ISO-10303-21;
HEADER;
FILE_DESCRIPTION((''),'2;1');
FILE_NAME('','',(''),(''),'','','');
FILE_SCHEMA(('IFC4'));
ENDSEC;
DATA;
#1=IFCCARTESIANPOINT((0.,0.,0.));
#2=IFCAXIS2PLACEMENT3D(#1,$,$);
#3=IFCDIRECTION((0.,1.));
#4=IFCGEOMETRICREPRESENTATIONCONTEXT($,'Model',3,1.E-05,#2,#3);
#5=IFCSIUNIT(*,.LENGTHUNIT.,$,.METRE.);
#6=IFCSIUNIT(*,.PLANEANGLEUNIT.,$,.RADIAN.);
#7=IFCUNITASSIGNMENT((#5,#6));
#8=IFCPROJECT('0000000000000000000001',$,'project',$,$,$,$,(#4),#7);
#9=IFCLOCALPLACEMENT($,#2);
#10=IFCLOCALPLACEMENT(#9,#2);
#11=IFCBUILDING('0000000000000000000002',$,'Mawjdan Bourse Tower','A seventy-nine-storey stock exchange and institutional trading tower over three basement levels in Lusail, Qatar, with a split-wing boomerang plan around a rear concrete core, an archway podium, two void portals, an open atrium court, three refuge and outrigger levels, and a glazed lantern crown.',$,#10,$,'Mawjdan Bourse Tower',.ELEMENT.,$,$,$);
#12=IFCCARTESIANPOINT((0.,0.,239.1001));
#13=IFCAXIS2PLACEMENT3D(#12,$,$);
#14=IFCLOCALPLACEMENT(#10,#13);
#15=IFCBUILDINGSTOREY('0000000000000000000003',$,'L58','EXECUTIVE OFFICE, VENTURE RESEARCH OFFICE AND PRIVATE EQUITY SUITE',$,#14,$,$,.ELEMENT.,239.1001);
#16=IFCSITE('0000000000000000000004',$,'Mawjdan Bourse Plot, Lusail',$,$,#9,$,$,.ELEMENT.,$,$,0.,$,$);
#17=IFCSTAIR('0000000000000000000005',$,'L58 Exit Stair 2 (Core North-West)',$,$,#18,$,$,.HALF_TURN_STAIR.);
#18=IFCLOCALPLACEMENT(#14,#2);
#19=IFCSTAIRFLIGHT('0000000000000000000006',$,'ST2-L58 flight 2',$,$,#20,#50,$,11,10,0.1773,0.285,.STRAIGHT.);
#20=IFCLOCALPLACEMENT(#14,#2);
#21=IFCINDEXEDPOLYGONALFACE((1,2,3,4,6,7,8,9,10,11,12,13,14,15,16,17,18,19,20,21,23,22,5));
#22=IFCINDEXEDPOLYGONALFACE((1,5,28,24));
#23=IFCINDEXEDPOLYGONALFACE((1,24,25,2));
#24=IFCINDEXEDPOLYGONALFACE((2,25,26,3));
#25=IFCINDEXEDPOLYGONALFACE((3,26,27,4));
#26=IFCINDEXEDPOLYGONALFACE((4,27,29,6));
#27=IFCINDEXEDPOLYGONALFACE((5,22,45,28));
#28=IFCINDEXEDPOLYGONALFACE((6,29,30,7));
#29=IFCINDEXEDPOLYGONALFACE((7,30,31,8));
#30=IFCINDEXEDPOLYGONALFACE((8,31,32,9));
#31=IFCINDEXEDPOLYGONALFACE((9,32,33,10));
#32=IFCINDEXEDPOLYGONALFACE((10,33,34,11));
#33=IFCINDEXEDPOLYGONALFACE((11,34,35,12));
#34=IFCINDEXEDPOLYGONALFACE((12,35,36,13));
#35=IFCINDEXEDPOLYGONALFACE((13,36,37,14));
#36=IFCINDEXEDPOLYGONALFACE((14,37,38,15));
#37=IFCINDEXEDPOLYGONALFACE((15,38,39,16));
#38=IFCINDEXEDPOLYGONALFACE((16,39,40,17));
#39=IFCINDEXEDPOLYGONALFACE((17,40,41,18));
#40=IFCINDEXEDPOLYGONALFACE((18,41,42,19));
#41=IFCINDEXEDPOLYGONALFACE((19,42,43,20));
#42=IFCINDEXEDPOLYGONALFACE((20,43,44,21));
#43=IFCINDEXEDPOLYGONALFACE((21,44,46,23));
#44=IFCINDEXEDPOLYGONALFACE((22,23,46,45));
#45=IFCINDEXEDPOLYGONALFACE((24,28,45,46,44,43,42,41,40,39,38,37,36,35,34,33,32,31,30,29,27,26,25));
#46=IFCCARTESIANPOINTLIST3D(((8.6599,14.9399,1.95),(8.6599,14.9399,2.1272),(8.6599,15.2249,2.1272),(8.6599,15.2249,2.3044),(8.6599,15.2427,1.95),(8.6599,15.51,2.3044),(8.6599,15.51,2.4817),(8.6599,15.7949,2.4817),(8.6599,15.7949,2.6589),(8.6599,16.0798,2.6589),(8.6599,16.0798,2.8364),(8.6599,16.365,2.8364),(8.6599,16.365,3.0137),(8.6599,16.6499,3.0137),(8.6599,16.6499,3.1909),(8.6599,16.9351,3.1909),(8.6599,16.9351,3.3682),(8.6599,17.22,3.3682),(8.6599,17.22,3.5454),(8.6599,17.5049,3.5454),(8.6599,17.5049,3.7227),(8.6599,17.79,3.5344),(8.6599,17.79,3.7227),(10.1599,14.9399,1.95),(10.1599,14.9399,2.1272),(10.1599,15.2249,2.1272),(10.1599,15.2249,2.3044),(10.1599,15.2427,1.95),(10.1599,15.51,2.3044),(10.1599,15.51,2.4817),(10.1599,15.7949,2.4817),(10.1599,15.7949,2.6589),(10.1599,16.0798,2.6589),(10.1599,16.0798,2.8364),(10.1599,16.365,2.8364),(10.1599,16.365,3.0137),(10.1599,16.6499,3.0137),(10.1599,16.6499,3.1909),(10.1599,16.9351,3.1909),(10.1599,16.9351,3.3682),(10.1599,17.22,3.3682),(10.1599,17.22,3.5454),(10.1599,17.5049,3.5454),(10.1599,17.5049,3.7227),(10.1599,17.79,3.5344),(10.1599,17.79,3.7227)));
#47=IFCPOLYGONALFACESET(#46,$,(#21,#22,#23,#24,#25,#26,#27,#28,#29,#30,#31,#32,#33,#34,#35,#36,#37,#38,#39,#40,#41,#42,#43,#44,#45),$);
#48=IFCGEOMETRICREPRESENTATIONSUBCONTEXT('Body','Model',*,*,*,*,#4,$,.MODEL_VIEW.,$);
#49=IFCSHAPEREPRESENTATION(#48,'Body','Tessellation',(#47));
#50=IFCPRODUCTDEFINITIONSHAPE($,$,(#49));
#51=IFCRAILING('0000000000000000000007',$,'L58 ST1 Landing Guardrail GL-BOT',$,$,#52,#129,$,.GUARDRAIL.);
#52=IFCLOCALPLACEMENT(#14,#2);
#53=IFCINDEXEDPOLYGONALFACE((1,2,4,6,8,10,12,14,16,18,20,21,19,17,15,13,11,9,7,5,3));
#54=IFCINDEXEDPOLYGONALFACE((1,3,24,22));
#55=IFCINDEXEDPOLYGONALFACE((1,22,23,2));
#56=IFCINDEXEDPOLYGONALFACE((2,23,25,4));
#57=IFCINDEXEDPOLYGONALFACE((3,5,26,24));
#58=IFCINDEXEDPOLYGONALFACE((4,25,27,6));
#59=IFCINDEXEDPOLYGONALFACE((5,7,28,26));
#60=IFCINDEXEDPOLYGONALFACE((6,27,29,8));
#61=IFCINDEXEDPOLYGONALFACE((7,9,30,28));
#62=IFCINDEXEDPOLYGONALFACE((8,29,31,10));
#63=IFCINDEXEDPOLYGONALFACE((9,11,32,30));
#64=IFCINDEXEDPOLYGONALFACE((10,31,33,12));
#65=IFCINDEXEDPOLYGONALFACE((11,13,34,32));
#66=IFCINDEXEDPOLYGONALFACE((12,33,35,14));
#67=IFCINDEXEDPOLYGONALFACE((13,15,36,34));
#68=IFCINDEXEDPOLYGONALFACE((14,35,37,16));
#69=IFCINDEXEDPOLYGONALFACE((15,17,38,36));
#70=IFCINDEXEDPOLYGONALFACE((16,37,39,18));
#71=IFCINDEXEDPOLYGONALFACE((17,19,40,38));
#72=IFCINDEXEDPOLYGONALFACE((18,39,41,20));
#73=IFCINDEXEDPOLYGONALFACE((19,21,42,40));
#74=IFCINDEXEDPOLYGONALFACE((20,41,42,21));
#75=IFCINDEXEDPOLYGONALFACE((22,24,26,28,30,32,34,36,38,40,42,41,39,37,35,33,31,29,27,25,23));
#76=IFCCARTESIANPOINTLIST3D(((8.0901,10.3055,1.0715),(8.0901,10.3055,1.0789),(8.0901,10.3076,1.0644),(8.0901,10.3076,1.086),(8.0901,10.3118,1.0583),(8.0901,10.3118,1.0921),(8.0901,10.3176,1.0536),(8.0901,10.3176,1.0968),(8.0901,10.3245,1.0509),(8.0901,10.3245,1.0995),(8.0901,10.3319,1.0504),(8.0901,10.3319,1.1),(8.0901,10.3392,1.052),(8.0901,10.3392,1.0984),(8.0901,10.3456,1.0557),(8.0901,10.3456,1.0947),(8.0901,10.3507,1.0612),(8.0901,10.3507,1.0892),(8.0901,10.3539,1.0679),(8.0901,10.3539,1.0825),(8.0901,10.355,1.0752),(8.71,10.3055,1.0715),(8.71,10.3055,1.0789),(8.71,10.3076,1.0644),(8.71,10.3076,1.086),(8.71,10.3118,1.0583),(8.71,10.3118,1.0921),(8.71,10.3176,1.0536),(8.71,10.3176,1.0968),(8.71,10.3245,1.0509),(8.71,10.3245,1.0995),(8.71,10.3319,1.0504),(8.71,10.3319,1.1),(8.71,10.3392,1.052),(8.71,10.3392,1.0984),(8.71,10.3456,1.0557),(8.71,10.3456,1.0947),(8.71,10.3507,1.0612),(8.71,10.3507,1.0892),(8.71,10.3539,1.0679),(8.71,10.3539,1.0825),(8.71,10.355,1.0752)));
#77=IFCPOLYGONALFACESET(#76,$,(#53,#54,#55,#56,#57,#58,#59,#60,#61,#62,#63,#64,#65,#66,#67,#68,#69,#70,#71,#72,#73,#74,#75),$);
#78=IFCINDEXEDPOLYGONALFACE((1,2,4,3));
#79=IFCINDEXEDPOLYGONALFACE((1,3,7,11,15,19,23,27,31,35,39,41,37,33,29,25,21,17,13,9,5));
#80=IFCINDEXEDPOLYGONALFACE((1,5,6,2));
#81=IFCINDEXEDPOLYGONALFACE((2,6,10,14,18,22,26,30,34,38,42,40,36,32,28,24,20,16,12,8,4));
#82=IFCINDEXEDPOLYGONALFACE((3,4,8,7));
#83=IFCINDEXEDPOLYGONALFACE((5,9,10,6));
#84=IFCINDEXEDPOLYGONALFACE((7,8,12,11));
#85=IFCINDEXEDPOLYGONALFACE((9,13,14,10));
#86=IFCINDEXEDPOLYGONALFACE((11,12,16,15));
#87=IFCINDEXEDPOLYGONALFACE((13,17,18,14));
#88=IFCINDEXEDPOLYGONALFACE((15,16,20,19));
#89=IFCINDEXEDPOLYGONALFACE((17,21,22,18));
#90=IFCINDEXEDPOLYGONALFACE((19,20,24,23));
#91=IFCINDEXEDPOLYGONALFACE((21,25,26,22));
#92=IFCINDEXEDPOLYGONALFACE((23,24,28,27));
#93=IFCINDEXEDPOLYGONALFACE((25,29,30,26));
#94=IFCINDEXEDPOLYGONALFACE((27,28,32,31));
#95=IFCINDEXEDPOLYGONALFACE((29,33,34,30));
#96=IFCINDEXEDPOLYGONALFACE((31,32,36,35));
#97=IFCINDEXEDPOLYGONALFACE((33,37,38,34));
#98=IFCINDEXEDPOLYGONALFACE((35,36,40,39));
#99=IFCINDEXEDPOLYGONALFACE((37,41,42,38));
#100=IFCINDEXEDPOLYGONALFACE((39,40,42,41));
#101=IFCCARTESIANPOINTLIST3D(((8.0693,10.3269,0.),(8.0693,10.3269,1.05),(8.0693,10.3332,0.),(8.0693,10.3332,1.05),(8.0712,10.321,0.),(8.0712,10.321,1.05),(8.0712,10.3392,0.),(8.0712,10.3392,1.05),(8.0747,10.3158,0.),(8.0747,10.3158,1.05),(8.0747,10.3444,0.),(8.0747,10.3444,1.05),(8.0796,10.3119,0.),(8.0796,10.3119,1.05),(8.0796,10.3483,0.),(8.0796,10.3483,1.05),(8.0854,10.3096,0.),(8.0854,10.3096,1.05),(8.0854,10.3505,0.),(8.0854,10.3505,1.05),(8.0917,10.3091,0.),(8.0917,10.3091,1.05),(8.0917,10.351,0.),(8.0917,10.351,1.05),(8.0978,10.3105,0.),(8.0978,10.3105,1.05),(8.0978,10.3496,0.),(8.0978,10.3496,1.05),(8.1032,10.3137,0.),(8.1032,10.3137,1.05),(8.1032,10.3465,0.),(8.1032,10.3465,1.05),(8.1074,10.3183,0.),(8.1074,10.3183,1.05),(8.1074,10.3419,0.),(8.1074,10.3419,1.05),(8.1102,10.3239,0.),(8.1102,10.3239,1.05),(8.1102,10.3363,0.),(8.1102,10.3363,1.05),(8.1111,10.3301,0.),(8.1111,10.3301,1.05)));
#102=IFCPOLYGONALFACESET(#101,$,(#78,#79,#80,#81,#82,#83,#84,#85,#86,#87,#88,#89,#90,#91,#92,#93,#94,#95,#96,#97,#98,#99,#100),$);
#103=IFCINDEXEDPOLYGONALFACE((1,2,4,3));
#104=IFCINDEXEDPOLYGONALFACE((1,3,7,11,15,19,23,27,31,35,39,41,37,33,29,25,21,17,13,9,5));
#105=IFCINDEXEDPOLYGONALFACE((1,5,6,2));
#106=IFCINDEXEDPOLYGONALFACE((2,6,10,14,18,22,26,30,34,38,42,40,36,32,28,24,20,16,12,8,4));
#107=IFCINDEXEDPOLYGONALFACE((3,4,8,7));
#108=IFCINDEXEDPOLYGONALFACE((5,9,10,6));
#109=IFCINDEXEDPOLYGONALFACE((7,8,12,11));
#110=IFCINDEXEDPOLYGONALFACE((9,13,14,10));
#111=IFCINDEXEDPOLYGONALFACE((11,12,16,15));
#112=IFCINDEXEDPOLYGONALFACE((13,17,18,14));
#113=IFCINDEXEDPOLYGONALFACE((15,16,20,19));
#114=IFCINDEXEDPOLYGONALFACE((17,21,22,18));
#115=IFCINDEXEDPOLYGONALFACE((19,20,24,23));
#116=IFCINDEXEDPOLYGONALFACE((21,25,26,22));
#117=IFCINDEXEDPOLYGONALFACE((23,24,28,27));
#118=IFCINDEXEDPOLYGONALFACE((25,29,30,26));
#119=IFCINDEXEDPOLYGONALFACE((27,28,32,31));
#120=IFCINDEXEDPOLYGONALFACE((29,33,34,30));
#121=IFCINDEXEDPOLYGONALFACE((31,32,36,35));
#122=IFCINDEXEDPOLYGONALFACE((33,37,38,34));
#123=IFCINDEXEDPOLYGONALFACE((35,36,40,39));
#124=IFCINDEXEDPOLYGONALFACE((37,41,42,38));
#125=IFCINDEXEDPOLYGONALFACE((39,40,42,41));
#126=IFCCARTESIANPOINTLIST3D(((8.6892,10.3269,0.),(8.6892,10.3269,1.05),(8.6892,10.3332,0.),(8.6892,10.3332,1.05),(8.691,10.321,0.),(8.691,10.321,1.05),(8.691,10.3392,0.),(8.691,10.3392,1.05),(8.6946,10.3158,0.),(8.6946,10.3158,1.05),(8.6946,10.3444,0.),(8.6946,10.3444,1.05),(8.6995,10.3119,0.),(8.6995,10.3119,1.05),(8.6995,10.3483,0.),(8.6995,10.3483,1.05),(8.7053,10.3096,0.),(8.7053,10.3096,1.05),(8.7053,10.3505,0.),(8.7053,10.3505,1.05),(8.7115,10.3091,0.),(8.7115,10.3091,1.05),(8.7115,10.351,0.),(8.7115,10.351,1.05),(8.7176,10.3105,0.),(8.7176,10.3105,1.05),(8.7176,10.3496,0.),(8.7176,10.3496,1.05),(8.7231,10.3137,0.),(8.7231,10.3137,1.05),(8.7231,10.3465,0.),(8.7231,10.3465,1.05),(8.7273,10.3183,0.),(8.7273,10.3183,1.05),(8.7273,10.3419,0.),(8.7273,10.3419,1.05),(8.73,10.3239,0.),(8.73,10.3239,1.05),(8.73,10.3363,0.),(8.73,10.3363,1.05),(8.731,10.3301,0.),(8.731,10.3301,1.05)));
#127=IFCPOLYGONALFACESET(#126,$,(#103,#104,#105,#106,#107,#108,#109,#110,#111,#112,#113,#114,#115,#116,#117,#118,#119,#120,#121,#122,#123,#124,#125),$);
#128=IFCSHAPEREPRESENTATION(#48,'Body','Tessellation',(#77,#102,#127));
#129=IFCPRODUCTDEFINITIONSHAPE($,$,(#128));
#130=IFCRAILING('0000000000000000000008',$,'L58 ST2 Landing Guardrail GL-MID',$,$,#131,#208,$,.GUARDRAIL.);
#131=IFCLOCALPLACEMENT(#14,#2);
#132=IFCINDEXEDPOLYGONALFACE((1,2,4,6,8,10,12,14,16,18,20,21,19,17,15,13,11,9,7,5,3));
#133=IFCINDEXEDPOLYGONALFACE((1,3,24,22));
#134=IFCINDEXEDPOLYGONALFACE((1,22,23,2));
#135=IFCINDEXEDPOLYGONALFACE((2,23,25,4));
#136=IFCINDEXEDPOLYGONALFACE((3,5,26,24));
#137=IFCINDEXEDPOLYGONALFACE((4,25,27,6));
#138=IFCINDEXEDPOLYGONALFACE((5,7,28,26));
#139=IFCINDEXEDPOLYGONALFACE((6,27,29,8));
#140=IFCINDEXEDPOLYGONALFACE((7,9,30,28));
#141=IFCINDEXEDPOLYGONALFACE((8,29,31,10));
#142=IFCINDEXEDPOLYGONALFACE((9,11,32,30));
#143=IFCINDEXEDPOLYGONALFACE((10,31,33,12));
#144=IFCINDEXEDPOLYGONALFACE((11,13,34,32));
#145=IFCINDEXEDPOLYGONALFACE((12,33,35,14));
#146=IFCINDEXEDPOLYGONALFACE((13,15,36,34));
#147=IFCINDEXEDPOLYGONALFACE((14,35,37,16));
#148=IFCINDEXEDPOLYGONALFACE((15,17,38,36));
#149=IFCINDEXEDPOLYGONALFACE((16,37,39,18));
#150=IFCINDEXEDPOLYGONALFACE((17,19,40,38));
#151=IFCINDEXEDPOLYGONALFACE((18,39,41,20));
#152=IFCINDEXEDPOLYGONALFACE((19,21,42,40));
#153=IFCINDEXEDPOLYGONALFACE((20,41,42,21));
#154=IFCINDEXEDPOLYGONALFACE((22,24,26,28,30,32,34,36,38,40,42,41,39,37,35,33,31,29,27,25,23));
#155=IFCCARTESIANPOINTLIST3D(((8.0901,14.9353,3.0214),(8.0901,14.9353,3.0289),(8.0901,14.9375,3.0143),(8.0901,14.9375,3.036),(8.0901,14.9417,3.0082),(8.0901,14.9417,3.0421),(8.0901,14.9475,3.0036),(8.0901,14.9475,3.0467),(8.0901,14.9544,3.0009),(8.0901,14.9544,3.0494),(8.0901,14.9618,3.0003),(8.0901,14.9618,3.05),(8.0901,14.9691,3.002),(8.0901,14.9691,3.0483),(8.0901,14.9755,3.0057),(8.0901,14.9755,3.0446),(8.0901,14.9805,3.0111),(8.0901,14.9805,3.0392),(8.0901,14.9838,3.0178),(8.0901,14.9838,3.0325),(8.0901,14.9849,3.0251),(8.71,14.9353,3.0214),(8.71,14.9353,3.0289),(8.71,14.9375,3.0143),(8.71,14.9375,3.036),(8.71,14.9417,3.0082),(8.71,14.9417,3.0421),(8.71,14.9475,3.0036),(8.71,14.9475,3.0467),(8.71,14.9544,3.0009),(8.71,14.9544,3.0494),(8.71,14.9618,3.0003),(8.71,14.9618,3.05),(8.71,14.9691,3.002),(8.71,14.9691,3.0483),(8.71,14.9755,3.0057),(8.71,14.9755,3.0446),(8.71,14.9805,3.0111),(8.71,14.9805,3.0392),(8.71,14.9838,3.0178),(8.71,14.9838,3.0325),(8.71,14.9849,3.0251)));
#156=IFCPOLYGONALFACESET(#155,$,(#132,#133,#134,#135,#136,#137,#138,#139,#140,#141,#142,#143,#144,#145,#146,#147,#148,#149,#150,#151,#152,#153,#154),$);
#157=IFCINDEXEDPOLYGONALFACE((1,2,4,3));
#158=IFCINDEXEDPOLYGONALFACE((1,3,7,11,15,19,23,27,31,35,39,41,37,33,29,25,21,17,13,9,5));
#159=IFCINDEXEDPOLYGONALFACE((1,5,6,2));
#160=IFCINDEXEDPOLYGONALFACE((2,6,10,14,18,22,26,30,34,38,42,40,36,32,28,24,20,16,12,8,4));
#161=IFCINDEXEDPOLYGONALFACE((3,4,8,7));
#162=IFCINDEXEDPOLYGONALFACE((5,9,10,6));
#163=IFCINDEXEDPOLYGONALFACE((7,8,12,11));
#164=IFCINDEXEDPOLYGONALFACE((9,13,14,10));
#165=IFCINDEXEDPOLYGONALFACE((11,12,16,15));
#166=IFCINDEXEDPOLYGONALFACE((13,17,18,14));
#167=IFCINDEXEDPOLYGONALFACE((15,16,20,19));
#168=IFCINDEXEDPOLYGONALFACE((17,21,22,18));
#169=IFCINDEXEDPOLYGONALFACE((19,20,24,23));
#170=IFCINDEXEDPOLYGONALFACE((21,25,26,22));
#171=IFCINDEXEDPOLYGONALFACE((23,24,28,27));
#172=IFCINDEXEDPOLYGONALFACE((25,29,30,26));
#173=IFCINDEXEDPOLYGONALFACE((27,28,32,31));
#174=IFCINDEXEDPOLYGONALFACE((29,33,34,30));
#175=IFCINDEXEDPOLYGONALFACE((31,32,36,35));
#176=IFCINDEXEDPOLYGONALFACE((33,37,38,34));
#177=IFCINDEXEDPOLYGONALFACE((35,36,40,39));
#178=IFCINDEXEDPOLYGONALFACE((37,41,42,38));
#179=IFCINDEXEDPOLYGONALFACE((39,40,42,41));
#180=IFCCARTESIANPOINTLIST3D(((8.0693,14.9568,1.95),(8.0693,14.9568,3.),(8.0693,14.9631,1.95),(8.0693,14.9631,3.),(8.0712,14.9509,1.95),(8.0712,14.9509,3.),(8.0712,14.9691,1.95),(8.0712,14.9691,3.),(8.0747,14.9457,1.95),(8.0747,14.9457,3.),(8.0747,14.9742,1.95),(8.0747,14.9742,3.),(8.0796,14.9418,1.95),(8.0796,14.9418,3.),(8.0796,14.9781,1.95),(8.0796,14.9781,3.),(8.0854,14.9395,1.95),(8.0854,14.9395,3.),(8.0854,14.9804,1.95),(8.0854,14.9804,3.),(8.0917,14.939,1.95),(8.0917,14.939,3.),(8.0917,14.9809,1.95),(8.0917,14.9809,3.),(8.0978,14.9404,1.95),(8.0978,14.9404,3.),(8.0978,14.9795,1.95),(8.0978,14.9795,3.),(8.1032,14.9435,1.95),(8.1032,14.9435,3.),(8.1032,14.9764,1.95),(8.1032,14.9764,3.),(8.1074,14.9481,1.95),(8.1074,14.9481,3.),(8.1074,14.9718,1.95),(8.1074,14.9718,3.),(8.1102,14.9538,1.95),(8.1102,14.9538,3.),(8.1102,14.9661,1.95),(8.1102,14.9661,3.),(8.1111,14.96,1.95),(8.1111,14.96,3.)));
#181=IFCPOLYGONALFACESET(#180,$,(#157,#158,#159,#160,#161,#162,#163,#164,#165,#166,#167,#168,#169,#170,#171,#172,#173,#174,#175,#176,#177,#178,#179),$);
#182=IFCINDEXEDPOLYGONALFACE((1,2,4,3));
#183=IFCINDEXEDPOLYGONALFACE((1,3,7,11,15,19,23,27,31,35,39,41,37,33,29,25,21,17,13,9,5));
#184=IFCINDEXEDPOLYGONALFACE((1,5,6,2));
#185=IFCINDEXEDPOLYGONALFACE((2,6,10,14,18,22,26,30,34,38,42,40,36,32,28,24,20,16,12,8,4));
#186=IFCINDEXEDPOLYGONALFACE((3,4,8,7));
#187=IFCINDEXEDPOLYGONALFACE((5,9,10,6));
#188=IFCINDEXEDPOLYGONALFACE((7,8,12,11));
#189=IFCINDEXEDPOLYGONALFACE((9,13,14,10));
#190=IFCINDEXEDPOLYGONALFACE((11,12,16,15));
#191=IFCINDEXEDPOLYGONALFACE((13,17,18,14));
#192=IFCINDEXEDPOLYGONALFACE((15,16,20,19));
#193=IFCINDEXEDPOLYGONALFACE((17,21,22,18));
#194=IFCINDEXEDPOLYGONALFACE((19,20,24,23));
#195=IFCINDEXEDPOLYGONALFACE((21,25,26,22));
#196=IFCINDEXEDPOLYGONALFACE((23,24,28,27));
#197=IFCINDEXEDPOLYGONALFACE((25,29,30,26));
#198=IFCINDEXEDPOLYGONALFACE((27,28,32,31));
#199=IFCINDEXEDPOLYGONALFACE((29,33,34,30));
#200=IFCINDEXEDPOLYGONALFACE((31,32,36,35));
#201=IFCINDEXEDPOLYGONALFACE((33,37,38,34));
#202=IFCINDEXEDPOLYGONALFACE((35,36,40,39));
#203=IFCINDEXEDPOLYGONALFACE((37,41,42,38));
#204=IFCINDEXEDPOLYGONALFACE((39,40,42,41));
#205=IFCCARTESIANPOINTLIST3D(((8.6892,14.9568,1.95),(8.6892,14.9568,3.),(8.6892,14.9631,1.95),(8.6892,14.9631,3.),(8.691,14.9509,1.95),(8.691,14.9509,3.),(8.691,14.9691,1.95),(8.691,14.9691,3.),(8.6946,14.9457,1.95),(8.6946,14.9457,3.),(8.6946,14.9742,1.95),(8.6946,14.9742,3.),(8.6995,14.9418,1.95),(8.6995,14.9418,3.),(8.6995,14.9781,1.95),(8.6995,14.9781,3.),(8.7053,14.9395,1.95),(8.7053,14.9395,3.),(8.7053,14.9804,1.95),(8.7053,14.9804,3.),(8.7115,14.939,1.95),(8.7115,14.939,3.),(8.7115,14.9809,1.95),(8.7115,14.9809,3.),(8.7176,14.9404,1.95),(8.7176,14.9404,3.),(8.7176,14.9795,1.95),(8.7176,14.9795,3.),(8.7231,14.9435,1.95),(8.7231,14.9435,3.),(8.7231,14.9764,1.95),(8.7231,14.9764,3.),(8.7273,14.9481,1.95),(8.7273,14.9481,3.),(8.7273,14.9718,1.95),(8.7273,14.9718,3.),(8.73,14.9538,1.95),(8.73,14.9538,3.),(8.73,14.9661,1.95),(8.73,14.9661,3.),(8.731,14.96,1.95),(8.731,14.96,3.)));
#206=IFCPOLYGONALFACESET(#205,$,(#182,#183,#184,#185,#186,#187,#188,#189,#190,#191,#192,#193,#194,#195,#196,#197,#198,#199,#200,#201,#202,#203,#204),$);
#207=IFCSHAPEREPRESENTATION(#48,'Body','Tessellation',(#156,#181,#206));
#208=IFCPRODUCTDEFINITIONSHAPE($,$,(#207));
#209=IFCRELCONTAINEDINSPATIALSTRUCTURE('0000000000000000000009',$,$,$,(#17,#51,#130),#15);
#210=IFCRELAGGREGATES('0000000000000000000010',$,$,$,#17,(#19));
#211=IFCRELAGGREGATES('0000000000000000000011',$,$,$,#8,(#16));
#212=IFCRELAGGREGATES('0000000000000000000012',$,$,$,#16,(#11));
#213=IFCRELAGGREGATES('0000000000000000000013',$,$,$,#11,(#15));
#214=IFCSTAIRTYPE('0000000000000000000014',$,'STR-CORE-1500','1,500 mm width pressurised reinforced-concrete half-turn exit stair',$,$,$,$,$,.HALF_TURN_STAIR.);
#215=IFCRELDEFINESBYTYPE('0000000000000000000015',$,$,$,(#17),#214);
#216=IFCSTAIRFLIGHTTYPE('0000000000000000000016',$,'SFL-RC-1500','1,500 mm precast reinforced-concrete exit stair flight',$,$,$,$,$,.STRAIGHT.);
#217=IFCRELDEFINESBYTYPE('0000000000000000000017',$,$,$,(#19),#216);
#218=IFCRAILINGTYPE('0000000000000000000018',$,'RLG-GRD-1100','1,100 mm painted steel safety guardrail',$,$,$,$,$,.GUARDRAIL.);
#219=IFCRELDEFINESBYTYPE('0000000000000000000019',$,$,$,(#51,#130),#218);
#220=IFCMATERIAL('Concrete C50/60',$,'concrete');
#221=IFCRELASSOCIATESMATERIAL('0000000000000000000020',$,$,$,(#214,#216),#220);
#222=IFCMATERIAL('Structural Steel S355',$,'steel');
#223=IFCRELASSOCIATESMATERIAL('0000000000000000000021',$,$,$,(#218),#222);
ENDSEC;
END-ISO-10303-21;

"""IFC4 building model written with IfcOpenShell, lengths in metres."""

from ifc_helpers import new_model, si_unit, direction, frame, origin, origin_2d, place, context, subcontext, project, spatial, polyline, circle, outline, extrude, material, type_object, element, aggregate, save


model = new_model("IFC4")

# Units and contexts
model_context = context("Model", 3, precision=1e-05, world=origin(), true_north=direction((0.0, 1.0)))
body_context = subcontext(model_context, "Body", "Model", "MODEL_VIEW")
ifc_project = project(units=[si_unit("LENGTHUNIT", "METRE"), si_unit("PLANEANGLEUNIT", "RADIAN")], contexts=[model_context])

# Site, building, storey
site_placement = place(None, origin())
site = spatial("IfcSite", under=ifc_project, at=site_placement, Name="Mawjdan Bourse Plot, Lusail", CompositionType="ELEMENT", RefElevation=0.0)
building_placement = place(site_placement, origin())
building = spatial("IfcBuilding", under=site, at=building_placement, Name="Mawjdan Bourse Tower", Description="A seventy-nine-storey stock exchange and institutional trading tower over three basement levels in Lusail, Qatar, with a split-wing boomerang plan around a rear concrete core, an archway podium, two void portals, an open atrium court, three refuge and outrigger levels, and a glazed lantern crown.", LongName="Mawjdan Bourse Tower", CompositionType="ELEMENT")
storey_placement = place(building_placement, frame((0.0, 0.0, 239.1001)))
storey = spatial("IfcBuildingStorey", under=building, at=storey_placement, Name="L58", Description="EXECUTIVE OFFICE, VENTURE RESEARCH OFFICE AND PRIVATE EQUITY SUITE", CompositionType="ELEMENT", Elevation=239.1001)

# Shared definitions
ifc_material_1 = material(Name="Structural Steel S355", Category="steel")

# Shared definitions
ifc_material_2 = material(Name="Concrete C50/60", Category="concrete")

# Shared definitions
stair_type = type_object("IfcStairType", Name="STR-CORE-1500", Description="1,500 mm width pressurised reinforced-concrete half-turn exit stair", PredefinedType="HALF_TURN_STAIR", material=ifc_material_2)
stair_flight_type = type_object("IfcStairFlightType", Name="SFL-RC-1500", Description="1,500 mm precast reinforced-concrete exit stair flight", PredefinedType="STRAIGHT", material=ifc_material_2)

# Stair, stair flight
stair_1_placement = place(storey_placement, origin())
stair_1 = element("IfcStair", 1, at=stair_1_placement, inside=storey, type_object=stair_type, Name="L58 Exit Stair 2 (Core North-West)", PredefinedType="HALF_TURN_STAIR")
stair_flight_1_placement = place(storey_placement, frame((9.4099, 14.9399, 1.95), z_axis=(0.0, 0.0, 1.0), x_axis=(0.0, 1.0, 0.0)))
stair_flight_1 = element("IfcStairFlight", 2, at=stair_flight_1_placement, type_object=stair_flight_type, Name="ST2-L58 flight 2", NumberOfRisers=11, NumberOfTreads=10, PredefinedType="STRAIGHT", RiserHeight=0.1773, TreadLength=0.285, context=body_context, shape_type="SweptSolid", body=[
    extrude(outline(polyline([(0.0, 0.0), (0.0, 0.1772), (0.2849, 0.1772), (0.2849, 0.3545), (0.5701, 0.3545), (0.5701, 0.5317), (0.855, 0.5317), (0.855, 0.709), (1.1399, 0.709), (1.1399, 0.8865), (1.425, 0.8865), (1.425, 1.0637), (1.71, 1.0637), (1.71, 1.241), (1.9951, 1.241), (1.9951, 1.4182), (2.28, 1.4182), (2.28, 1.5955), (2.5649, 1.5955), (2.5649, 1.7727), (2.8501, 1.7727), (2.8501, 1.95), (2.8501, 1.5845), (0.3027, 0.0), (0.0, 0.0)])), frame((0.0, 0.75, 0.0), z_axis=(0.0, -1.0, 0.0), x_axis=(1.0, 0.0, 0.0)), (0.0, 0.0, 1.0), 1.5),
])
aggregate(stair_1, [stair_flight_1])

# Railings
railing_type_1 = type_object("IfcRailingType", Name="RLG-GRD-1100", Description="1,100 mm painted steel safety guardrail", PredefinedType="GUARDRAIL", material=ifc_material_1)
for number, where, name in (
    (3, (8.0901, 10.3301, 0.0), "L58 ST1 Landing Guardrail GL-BOT"),
    (4, (8.0901, 14.96, 1.95), "L58 ST2 Landing Guardrail GL-MID"),
):
    element("IfcRailing", number, at=place(storey_placement, frame(where)), inside=storey, type_object=railing_type_1, Name=name, PredefinedType="GUARDRAIL", context=body_context, shape_type="SweptSolid", body=[
        extrude(circle(Radius=0.0249, at=origin_2d()), frame((0.0, 0.0, 1.0752), z_axis=(1.0, 0.0, 0.0), x_axis=(0.0, 1.0, 0.0)), (0.0, 0.0, 1.0), 0.6199),
        extrude(circle(Radius=0.021, at=origin_2d()), origin(), (0.0, 0.0, 1.0), 1.05),
        extrude(circle(Radius=0.021, at=origin_2d()), frame((0.6199, 0.0, 0.0)), (0.0, 0.0, 1.0), 1.05),
    ])

save(model, "model.ifc")
